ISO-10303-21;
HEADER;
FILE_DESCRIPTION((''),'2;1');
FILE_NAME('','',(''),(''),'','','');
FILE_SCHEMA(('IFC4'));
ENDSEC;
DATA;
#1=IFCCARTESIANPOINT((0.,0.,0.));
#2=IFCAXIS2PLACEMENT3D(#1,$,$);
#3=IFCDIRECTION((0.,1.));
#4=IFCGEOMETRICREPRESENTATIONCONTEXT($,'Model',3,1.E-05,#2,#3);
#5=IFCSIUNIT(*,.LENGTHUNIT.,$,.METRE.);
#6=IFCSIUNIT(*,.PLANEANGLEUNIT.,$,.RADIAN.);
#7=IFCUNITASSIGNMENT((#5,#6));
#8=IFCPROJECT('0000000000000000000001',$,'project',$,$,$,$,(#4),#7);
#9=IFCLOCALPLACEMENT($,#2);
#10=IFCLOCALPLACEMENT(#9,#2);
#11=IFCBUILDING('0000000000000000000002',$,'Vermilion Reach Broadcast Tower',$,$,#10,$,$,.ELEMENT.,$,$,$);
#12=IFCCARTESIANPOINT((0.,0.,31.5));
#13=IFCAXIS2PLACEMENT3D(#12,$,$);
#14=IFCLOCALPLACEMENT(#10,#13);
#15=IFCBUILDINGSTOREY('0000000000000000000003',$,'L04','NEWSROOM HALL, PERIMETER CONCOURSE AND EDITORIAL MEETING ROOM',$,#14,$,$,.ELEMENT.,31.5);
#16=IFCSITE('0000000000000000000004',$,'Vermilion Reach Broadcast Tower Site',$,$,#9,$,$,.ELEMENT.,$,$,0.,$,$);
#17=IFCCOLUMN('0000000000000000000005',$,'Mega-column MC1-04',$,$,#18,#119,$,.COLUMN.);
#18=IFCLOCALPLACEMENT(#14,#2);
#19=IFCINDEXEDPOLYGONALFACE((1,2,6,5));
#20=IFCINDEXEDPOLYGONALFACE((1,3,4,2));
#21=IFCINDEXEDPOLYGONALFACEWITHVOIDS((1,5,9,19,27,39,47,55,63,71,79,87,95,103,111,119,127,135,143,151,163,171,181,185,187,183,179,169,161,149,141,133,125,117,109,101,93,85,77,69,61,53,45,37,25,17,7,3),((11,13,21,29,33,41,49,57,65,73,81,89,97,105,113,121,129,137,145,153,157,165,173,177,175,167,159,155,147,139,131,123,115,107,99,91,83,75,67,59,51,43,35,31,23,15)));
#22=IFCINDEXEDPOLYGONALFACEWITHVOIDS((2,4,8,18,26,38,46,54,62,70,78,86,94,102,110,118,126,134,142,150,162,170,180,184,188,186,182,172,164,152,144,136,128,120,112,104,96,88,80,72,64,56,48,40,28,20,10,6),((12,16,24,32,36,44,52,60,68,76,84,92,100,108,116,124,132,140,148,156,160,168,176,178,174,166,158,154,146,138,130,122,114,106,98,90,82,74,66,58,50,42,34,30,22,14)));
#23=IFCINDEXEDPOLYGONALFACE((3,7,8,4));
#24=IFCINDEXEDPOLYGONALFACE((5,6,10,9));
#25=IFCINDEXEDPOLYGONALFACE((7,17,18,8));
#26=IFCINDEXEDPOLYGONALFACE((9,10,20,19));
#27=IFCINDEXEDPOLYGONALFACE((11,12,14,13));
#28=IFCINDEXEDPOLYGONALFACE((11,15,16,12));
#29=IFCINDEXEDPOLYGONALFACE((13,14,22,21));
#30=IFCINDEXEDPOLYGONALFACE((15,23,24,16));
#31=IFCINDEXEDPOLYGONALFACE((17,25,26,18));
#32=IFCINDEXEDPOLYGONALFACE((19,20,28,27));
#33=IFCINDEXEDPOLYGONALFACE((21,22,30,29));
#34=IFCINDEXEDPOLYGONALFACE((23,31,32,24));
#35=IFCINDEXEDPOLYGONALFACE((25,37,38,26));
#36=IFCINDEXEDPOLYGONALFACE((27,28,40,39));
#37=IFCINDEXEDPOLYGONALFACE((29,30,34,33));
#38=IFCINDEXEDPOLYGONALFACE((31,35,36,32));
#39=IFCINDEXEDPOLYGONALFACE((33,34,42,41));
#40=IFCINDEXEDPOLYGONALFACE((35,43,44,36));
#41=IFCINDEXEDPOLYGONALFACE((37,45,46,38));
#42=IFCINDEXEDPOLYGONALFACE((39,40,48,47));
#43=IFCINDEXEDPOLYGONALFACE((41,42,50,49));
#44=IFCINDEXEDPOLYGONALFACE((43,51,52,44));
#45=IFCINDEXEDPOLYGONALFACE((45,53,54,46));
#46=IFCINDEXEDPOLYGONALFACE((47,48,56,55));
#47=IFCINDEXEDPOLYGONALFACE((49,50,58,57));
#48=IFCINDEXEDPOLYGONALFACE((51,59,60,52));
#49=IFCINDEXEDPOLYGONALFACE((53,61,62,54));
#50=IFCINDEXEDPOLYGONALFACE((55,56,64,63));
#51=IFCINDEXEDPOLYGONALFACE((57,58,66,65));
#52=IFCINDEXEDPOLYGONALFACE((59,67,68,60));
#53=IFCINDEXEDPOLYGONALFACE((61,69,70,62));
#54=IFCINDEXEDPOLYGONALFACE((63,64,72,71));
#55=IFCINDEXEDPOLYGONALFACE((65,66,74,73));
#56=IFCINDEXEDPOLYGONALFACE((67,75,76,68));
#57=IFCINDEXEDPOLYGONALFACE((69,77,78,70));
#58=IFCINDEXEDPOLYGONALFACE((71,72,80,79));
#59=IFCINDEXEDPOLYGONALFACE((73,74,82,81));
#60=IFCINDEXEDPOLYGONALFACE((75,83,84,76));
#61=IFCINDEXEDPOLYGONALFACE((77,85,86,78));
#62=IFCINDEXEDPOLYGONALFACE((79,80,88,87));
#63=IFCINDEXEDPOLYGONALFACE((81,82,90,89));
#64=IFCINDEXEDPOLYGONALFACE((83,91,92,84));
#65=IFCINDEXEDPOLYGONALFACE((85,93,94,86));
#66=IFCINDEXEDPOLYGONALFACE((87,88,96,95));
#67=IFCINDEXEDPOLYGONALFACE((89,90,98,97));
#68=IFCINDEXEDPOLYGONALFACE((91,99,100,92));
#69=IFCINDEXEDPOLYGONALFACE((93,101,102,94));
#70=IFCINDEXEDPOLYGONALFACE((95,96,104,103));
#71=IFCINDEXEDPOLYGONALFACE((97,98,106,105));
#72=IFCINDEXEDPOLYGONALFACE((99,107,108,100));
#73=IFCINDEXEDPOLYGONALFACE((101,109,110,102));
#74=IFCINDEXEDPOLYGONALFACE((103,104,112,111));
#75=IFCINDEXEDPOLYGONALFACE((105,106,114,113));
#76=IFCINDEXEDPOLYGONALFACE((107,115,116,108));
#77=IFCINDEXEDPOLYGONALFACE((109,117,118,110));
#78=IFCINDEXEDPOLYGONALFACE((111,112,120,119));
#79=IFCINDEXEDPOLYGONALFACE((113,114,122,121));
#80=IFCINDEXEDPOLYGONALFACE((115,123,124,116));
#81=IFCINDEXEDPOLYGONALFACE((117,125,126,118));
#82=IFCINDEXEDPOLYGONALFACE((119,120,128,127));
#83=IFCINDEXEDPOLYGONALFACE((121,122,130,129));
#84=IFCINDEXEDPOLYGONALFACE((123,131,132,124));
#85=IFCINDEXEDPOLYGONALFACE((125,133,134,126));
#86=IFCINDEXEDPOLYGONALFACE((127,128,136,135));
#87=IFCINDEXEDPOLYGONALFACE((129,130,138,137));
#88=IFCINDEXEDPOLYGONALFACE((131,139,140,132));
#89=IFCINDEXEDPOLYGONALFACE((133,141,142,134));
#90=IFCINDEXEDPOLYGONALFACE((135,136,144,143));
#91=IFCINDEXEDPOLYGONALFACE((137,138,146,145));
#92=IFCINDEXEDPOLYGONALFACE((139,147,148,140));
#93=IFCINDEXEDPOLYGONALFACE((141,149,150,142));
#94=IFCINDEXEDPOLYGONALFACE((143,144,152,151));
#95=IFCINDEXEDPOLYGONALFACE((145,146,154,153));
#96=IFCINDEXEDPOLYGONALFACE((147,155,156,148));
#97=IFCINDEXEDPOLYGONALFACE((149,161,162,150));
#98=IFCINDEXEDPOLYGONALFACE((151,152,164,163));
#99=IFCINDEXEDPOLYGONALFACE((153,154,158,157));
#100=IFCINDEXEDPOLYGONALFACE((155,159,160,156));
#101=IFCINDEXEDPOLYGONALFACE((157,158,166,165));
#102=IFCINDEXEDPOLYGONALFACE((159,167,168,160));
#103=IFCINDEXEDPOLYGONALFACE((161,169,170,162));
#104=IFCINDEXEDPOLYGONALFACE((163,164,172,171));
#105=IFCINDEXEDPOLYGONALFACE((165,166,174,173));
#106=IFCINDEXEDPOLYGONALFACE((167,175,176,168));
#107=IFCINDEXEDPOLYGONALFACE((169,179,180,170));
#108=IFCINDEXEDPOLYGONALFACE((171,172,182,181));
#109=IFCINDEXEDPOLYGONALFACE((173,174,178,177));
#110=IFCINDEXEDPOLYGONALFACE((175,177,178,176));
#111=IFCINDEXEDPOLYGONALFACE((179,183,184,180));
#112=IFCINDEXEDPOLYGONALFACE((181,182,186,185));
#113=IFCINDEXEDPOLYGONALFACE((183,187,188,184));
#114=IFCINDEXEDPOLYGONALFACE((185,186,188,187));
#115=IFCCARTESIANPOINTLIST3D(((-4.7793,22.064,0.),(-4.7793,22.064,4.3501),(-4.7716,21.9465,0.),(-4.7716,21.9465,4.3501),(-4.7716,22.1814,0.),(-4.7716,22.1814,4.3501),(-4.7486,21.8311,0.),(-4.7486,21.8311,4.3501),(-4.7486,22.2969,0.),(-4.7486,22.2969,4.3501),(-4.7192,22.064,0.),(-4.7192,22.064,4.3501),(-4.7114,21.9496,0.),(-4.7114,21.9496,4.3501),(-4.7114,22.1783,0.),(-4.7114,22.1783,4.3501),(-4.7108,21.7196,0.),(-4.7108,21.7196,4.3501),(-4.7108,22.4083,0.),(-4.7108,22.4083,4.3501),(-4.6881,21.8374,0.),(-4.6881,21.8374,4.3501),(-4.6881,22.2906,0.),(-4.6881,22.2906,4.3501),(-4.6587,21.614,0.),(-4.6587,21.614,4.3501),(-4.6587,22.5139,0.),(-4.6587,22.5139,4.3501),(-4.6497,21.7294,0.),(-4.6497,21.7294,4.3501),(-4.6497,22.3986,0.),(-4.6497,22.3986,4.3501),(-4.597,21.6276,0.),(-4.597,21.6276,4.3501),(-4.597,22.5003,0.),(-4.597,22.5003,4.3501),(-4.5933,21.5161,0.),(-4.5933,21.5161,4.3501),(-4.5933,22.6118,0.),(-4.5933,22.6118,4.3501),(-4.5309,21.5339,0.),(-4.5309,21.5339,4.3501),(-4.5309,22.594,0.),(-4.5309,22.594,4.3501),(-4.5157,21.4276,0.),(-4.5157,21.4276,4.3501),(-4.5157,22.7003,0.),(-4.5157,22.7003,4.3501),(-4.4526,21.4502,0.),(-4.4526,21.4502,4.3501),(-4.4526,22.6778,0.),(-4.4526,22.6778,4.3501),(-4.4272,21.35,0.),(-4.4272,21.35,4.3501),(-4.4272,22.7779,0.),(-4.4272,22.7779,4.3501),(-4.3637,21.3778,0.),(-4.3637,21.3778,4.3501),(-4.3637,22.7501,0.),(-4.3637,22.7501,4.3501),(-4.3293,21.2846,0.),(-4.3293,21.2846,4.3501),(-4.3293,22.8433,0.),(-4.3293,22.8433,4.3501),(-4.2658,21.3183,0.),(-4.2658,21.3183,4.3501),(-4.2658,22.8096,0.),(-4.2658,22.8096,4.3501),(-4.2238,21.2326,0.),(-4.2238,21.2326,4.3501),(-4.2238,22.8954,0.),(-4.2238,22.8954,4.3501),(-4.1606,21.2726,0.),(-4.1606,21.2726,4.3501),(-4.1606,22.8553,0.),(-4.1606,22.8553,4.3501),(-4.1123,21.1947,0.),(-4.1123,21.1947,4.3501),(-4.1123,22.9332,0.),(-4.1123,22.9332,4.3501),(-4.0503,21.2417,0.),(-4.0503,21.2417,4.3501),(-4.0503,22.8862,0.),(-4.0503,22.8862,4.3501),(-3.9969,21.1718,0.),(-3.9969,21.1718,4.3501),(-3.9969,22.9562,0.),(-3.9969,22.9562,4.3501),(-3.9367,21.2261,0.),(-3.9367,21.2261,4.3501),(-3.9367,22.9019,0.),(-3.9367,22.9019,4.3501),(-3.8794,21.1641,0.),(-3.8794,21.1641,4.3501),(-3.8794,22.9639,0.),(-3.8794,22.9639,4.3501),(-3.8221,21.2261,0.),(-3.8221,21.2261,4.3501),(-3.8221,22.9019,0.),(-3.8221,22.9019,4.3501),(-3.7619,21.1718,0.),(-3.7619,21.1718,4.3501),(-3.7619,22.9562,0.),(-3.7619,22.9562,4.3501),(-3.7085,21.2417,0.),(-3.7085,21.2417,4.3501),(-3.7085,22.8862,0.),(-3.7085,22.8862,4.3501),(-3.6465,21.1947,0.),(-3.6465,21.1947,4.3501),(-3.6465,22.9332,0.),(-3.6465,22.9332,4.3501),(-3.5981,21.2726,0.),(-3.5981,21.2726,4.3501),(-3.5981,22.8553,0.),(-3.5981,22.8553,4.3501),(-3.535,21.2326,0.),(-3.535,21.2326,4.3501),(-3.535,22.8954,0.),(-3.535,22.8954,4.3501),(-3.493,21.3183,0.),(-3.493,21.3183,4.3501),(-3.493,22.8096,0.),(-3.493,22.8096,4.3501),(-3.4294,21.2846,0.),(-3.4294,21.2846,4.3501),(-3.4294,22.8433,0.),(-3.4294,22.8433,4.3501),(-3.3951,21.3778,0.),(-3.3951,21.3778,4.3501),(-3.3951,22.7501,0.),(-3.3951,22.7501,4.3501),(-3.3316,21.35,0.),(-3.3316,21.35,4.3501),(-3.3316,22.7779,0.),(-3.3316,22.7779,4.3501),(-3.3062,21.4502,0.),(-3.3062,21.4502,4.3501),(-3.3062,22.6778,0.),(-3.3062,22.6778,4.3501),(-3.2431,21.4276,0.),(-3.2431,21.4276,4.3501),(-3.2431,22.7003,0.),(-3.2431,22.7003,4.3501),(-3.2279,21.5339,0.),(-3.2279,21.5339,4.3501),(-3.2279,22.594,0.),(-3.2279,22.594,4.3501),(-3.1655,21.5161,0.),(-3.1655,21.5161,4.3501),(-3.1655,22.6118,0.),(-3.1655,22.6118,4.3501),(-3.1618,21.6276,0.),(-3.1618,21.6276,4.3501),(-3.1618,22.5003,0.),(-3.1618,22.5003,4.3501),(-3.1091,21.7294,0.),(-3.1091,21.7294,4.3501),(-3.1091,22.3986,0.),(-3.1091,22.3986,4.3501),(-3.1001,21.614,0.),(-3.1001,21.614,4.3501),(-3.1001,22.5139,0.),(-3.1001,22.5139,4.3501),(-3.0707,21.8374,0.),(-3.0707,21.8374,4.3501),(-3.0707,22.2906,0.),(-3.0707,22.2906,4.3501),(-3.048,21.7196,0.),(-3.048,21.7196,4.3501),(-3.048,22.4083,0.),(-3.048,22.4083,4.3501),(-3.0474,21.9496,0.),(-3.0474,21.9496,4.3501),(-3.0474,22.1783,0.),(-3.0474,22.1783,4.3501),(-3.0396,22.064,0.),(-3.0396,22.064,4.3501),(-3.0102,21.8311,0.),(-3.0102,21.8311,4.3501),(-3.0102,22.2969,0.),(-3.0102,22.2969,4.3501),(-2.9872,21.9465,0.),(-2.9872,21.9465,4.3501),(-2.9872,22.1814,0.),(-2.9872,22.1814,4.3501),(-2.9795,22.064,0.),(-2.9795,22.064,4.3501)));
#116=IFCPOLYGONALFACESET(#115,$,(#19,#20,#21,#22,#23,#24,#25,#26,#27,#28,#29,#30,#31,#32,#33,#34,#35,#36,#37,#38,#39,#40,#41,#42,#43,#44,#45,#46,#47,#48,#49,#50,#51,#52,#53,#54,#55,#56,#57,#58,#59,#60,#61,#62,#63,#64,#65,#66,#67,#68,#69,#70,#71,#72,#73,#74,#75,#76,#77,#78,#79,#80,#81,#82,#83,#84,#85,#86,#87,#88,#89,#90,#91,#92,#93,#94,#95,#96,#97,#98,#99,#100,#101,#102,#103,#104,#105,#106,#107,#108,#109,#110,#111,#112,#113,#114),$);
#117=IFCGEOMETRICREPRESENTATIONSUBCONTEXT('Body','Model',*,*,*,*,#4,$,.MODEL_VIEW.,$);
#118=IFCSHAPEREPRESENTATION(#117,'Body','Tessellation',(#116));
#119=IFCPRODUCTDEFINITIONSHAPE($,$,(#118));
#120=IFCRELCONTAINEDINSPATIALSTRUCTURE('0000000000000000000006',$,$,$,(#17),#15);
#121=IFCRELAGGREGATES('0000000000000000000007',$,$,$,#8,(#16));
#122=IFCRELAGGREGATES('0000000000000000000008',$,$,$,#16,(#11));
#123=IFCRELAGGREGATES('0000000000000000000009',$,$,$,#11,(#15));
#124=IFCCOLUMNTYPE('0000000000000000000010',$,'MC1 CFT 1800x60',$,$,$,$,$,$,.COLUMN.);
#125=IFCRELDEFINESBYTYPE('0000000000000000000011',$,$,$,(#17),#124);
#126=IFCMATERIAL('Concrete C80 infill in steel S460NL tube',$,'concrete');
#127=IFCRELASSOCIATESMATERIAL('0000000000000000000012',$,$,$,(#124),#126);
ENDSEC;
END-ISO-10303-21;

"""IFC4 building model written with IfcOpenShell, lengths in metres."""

from ifc_helpers import new_model, si_unit, direction, frame, origin, origin_2d, place, context, subcontext, project, spatial, hollow_circle, extrude, material, material_profile, profile_set, type_object, element, save


model = new_model("IFC4")

# Units and contexts
model_context = context("Model", 3, precision=1e-05, world=origin(), true_north=direction((0.0, 1.0)))
body_context = subcontext(model_context, "Body", "Model", "MODEL_VIEW")
ifc_project = project(units=[si_unit("LENGTHUNIT", "METRE"), si_unit("PLANEANGLEUNIT", "RADIAN")], contexts=[model_context])

# Site, building, storey
site_placement = place(None, origin())
site = spatial("IfcSite", under=ifc_project, at=site_placement, Name="Vermilion Reach Broadcast Tower Site", CompositionType="ELEMENT", RefElevation=0.0)
building_placement = place(site_placement, origin())
building = spatial("IfcBuilding", under=site, at=building_placement, Name="Vermilion Reach Broadcast Tower", CompositionType="ELEMENT")
storey_placement = place(building_placement, frame((0.0, 0.0, 31.5)))
storey = spatial("IfcBuildingStorey", under=building, at=storey_placement, Name="L04", Description="NEWSROOM HALL, PERIMETER CONCOURSE AND EDITORIAL MEETING ROOM", CompositionType="ELEMENT", Elevation=31.5)

# Column
ifc_material_1 = material(Name="Concrete C80 infill in steel S460NL tube", Category="concrete")
ifc_material_profile_1 = material_profile(ifc_material_1, hollow_circle(Radius=0.8999, WallThickness=0.0601, at=origin_2d()), Name="Concrete C80 infill in steel S460NL tube CFT 1800x60")
ifc_profile_set_1 = profile_set([ifc_material_profile_1], Name="Concrete C80 infill in steel S460NL tube")
column_type = type_object("IfcColumnType", Name="MC1 CFT 1800x60", PredefinedType="COLUMN", material=ifc_profile_set_1)
for number, where, z_axis, x_axis, name in (
    (1, (-3.8794, 22.064, 0.0), (0.0, 0.0, 1.0), (1.0, 0.0, 0.0), "Mega-column MC1-04"),
):
    element("IfcColumn", number, at=place(storey_placement, frame(where, z_axis=z_axis, x_axis=x_axis)), inside=storey, type_object=column_type, Name=name, PredefinedType="COLUMN", context=body_context, shape_type="SweptSolid", body=[
        extrude(hollow_circle(Radius=0.8999, WallThickness=0.0601, at=origin_2d()), origin(), (0.0, 0.0, 1.0), 4.3501),
    ])

save(model, "model.ifc")
